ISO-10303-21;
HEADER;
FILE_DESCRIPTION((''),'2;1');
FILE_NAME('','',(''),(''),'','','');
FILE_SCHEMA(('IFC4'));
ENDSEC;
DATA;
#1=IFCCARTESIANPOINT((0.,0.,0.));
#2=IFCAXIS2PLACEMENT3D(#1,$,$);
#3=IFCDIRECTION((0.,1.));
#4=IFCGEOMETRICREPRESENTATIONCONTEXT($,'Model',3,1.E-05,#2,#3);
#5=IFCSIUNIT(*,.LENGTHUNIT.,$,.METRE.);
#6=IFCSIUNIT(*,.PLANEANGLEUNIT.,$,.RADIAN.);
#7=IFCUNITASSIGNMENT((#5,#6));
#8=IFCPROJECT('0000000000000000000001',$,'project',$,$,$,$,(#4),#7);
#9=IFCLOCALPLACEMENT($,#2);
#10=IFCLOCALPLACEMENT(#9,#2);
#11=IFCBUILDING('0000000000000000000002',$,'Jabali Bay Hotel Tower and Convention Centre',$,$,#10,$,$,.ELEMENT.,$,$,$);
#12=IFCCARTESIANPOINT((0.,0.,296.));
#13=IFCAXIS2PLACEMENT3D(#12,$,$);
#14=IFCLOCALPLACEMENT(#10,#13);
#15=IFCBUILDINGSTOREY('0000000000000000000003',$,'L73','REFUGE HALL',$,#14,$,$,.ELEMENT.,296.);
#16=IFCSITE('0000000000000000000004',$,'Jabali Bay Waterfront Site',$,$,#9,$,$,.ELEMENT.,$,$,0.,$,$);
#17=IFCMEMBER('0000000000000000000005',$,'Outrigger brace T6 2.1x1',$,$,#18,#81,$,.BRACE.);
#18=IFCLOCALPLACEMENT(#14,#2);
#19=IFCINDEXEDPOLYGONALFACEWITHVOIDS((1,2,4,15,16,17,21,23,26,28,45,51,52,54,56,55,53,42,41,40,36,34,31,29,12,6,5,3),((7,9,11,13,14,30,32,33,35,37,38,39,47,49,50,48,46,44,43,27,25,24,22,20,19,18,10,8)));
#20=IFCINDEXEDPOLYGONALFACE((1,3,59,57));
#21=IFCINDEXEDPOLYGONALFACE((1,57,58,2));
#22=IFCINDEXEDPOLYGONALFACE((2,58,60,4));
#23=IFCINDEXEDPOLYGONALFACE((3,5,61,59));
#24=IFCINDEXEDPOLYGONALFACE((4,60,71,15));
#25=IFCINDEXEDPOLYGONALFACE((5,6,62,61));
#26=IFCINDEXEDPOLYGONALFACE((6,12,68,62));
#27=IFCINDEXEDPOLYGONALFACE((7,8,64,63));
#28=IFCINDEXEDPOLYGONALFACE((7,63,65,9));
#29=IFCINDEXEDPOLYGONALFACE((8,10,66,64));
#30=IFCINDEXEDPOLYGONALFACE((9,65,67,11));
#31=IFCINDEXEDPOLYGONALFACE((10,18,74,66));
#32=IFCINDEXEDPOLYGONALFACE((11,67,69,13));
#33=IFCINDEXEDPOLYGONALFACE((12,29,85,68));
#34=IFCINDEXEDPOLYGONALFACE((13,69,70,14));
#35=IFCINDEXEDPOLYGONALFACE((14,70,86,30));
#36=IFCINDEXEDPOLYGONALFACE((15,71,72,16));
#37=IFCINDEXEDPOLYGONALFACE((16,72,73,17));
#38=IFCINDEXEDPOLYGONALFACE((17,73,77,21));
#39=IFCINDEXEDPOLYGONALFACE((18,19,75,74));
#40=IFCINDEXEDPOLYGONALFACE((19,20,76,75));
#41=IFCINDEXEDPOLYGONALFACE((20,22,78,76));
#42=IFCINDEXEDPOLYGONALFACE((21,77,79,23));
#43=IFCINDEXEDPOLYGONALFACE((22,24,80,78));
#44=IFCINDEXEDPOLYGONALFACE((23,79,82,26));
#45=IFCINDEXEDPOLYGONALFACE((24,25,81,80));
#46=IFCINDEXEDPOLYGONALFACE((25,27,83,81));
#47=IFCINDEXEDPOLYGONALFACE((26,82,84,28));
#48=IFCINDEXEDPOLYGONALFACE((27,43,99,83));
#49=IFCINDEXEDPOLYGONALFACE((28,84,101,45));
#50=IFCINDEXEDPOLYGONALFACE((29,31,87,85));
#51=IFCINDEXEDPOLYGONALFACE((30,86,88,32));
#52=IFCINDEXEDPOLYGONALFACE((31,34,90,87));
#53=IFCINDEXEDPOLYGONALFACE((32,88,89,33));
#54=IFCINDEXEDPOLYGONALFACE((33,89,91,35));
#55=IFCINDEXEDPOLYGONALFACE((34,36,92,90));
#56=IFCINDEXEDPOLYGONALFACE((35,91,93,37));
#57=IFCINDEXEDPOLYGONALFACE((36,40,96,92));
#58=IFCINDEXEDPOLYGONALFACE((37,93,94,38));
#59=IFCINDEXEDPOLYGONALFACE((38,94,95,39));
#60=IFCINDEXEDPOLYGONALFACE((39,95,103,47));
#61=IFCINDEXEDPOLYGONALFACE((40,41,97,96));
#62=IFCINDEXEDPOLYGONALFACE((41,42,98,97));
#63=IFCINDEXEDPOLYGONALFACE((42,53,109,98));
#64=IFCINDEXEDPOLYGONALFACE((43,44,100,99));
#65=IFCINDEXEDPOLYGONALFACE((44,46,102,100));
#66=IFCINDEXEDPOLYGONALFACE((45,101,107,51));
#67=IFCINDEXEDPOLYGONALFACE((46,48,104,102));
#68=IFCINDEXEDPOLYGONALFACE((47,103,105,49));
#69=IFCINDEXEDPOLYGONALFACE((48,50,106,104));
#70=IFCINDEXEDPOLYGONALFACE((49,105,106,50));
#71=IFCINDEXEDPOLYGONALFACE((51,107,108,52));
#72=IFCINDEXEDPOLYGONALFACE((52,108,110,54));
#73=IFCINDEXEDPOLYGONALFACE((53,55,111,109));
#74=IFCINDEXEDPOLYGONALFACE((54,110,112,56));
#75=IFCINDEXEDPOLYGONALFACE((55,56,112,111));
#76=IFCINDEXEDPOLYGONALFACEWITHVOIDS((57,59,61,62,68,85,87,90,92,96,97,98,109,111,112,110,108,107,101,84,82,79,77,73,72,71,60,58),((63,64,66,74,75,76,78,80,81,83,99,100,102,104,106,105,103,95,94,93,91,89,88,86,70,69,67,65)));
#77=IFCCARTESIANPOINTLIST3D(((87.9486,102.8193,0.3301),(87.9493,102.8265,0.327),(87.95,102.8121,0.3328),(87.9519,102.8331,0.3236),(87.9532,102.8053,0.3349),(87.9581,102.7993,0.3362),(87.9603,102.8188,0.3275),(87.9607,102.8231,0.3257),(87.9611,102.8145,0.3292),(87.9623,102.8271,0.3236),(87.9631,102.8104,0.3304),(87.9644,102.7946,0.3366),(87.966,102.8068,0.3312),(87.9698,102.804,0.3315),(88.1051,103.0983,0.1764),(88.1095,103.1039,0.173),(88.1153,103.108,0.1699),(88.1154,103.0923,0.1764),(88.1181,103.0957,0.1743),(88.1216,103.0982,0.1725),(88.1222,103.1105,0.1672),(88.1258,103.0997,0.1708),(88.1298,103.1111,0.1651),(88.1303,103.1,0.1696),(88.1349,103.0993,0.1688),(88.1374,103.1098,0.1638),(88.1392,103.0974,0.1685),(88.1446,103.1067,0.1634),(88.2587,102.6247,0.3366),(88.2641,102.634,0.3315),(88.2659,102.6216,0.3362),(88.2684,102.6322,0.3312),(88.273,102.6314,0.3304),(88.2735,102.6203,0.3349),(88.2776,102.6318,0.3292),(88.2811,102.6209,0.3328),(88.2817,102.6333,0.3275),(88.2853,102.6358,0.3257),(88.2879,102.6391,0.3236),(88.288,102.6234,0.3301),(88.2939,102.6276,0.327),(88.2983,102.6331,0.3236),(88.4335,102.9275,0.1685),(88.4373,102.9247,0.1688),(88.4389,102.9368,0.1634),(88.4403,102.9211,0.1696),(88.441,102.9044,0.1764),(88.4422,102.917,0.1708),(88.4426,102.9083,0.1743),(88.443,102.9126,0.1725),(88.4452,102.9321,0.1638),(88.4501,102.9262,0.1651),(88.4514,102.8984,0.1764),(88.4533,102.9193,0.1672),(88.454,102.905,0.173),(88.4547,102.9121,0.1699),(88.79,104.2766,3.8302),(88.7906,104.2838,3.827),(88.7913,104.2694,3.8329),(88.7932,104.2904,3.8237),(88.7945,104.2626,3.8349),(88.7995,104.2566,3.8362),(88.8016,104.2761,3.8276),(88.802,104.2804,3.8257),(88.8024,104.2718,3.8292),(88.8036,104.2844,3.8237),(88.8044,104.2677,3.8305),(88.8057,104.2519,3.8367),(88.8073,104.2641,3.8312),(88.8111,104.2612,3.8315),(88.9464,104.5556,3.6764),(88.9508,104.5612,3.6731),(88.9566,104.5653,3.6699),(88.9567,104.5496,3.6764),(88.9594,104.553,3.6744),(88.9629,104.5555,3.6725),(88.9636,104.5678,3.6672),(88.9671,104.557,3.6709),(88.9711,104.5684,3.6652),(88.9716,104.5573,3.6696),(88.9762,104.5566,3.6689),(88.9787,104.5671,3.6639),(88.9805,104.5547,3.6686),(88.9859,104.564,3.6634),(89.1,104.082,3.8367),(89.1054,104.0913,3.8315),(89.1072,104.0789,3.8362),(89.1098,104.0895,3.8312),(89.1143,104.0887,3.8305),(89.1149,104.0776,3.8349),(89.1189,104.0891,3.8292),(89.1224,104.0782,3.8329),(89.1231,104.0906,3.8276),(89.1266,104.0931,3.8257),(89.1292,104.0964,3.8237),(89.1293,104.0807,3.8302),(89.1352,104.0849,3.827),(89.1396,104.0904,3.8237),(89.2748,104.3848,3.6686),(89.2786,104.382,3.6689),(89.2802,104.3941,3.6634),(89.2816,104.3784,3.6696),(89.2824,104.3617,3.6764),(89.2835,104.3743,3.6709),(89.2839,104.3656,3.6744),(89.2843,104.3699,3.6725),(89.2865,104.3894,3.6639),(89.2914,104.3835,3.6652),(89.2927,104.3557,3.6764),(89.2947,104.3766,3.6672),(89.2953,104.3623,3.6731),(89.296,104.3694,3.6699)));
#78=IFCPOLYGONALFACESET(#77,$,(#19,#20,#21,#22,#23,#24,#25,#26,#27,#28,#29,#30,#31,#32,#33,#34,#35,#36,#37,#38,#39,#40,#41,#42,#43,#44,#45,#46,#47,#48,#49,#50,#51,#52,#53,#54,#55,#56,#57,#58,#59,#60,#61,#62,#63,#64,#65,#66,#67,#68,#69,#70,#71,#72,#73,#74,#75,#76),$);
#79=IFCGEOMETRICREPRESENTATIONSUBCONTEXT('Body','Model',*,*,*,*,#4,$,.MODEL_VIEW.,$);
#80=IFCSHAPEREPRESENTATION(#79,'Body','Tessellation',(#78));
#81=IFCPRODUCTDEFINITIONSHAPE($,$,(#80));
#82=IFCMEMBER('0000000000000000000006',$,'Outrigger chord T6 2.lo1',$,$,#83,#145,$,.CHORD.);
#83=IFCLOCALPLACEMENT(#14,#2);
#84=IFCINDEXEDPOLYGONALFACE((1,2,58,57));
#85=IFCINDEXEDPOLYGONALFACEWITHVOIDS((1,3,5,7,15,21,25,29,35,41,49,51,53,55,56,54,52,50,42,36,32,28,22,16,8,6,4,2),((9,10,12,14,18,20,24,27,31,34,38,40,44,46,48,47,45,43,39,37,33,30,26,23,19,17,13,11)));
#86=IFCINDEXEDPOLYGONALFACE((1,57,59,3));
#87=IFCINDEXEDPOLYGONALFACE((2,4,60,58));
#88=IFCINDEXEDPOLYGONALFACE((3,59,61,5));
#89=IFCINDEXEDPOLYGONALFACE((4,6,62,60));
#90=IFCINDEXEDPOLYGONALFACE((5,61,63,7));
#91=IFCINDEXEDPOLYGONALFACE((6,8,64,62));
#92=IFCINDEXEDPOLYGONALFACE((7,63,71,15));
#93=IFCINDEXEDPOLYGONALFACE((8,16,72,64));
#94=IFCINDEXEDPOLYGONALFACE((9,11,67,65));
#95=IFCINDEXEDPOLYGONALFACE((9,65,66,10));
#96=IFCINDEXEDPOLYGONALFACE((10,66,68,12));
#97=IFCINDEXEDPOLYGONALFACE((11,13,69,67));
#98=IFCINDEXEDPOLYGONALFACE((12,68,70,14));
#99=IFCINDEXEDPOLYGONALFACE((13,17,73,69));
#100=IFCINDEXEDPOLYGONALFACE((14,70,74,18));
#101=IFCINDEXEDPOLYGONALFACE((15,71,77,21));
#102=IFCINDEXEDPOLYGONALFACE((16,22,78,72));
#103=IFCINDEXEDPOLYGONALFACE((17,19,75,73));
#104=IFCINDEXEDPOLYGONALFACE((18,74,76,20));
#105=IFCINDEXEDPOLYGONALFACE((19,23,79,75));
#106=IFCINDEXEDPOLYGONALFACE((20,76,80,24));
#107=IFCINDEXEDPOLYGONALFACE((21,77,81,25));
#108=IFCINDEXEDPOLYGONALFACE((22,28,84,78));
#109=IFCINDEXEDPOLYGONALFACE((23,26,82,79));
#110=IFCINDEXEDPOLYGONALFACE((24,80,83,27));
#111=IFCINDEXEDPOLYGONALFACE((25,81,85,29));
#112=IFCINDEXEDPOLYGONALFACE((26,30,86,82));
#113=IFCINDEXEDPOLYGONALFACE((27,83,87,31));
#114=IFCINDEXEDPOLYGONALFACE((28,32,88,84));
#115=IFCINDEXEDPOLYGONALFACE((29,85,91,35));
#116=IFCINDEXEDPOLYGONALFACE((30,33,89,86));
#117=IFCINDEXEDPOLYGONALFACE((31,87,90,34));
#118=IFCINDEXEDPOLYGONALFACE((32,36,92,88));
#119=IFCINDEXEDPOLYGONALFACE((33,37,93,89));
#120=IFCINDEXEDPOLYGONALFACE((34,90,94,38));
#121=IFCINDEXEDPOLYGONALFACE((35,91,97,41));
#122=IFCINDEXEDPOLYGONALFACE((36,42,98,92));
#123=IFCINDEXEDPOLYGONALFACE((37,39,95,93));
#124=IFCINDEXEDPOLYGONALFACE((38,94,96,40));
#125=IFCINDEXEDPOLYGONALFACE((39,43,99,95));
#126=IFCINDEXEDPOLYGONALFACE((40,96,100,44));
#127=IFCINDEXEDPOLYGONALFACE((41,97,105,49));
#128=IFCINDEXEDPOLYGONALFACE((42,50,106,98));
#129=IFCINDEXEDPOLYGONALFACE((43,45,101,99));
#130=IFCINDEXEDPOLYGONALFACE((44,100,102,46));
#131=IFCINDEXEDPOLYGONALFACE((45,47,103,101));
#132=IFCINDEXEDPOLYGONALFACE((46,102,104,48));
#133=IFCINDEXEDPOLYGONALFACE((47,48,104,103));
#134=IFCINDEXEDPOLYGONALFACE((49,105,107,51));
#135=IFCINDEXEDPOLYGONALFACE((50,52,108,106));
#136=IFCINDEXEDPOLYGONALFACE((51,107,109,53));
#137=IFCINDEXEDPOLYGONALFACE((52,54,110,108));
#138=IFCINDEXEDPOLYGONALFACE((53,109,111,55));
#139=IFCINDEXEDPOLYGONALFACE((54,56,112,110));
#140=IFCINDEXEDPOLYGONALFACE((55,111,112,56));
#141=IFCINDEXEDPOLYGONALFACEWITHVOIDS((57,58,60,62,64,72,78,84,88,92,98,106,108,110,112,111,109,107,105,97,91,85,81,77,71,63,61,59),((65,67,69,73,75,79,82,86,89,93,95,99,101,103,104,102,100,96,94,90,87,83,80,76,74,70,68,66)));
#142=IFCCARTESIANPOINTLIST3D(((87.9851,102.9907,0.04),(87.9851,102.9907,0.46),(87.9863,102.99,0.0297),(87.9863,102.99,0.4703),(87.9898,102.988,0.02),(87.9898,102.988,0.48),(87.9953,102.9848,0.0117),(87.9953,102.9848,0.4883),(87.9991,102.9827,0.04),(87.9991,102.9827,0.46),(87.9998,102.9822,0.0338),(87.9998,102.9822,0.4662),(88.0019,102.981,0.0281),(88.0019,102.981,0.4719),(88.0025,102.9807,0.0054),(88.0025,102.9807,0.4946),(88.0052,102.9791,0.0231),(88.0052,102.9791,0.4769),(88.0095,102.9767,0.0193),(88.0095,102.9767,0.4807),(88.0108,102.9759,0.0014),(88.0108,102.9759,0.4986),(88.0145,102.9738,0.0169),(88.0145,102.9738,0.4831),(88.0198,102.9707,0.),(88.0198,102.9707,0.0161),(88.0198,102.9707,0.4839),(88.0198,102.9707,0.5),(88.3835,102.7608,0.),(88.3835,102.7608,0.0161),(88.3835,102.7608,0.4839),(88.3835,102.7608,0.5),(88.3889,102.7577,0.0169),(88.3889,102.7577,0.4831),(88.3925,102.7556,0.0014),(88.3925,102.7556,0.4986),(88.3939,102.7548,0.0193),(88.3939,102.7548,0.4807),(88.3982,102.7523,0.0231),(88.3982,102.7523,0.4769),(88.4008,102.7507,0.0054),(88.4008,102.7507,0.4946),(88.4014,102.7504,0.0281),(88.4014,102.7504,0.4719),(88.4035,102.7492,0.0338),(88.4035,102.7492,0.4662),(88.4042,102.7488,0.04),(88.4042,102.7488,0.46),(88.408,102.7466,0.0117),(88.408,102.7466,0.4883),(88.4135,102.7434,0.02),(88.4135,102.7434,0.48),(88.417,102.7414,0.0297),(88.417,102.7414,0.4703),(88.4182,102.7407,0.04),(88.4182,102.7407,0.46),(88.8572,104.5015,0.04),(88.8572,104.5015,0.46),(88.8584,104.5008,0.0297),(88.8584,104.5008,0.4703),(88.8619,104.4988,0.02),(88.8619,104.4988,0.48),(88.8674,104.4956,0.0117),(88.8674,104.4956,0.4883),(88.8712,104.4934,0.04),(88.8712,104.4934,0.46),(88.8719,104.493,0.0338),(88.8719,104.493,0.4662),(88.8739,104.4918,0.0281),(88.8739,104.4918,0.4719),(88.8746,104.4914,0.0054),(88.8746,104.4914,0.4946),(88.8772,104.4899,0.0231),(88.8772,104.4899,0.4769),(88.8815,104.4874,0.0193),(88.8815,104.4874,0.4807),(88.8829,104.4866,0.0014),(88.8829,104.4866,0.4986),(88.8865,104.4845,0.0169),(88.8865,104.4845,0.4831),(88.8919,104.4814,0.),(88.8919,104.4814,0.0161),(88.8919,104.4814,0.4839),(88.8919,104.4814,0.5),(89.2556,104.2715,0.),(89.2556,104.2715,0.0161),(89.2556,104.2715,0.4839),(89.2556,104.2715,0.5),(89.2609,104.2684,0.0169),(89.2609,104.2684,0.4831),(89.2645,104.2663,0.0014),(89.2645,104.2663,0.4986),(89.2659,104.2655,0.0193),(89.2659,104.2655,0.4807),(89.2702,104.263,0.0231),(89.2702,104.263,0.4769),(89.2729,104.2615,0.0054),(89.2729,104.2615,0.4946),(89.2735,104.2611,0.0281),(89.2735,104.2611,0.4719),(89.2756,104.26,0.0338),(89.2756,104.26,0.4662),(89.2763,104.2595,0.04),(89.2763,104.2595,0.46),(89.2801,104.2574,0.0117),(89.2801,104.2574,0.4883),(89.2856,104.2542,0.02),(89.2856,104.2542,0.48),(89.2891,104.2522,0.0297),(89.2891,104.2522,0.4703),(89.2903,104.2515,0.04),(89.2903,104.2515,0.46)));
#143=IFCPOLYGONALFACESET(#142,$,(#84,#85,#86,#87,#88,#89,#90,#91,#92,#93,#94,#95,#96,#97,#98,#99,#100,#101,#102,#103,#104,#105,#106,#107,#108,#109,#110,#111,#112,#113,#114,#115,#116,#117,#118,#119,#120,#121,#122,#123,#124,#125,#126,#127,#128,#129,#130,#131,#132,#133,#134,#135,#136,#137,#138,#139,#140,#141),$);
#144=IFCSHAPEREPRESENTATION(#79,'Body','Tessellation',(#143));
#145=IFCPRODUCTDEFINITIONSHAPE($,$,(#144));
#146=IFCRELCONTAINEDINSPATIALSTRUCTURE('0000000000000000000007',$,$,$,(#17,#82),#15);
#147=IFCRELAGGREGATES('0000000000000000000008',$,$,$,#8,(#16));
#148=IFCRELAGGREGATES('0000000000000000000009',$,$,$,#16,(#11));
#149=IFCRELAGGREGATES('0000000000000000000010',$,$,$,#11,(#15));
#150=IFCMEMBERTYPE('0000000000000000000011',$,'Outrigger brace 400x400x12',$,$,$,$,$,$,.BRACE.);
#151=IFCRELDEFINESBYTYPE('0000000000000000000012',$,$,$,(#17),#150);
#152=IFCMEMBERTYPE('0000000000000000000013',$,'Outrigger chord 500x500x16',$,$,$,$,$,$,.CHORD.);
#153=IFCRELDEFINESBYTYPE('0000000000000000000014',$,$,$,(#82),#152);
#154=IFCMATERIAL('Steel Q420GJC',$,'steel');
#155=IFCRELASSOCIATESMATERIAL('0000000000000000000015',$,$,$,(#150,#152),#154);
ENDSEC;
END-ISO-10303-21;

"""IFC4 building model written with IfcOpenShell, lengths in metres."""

from ifc_helpers import new_model, si_unit, direction, frame, origin, origin_2d, place, context, subcontext, project, spatial, hollow_rectangle, extrude, material, material_profile, profile_set, type_object, element, save


model = new_model("IFC4")

# Units and contexts
model_context = context("Model", 3, precision=1e-05, world=origin(), true_north=direction((0.0, 1.0)))
body_context = subcontext(model_context, "Body", "Model", "MODEL_VIEW")
ifc_project = project(units=[si_unit("LENGTHUNIT", "METRE"), si_unit("PLANEANGLEUNIT", "RADIAN")], contexts=[model_context])

# Site, building, storey
site_placement = place(None, origin())
site = spatial("IfcSite", under=ifc_project, at=site_placement, Name="Jabali Bay Waterfront Site", CompositionType="ELEMENT", RefElevation=0.0)
building_placement = place(site_placement, origin())
building = spatial("IfcBuilding", under=site, at=building_placement, Name="Jabali Bay Hotel Tower and Convention Centre", CompositionType="ELEMENT")
storey_placement = place(building_placement, frame((0.0, 0.0, 296.0)))
storey = spatial("IfcBuildingStorey", under=building, at=storey_placement, Name="L73", Description="REFUGE HALL", CompositionType="ELEMENT", Elevation=296.0)

# Members
ifc_material_1 = material(Name="Steel Q420GJC", Category="steel")
ifc_material_profile_1 = material_profile(ifc_material_1, hollow_rectangle(XDim=0.3999, YDim=0.3999, WallThickness=0.012, InnerFilletRadius=0.0181, OuterFilletRadius=0.03, at=origin_2d()), Name="Outrigger brace 400x400x12")
ifc_profile_set_1 = profile_set([ifc_material_profile_1], Name="Steel Q420GJC")
member_type_1 = type_object("IfcMemberType", Name="Outrigger brace 400x400x12", PredefinedType="BRACE", material=ifc_profile_set_1)
member_1_placement = place(storey_placement, frame((88.2017, 102.8657, 0.25), z_axis=(0.216638, 0.375249, 0.901252), x_axis=(-0.866038, 0.499978, 0.0)))
element("IfcMember", 1, at=member_1_placement, inside=storey, type_object=member_type_1, Name="Outrigger brace T6 2.1x1", PredefinedType="BRACE", context=body_context, shape_type="SweptSolid", body=[
    extrude(hollow_rectangle(XDim=0.3999, YDim=0.3999, WallThickness=0.012, InnerFilletRadius=0.0181, OuterFilletRadius=0.03, at=origin_2d()), origin(), (0.0, 0.0, 1.0), 3.8835),
])
ifc_material_profile_2 = material_profile(ifc_material_1, hollow_rectangle(XDim=0.5, YDim=0.5, WallThickness=0.0161, InnerFilletRadius=0.0239, OuterFilletRadius=0.04, at=origin_2d()), Name="Outrigger chord 500x500x16")
ifc_profile_set_2 = profile_set([ifc_material_profile_2], Name="Steel Q420GJC")
member_type_2 = type_object("IfcMemberType", Name="Outrigger chord 500x500x16", PredefinedType="CHORD", material=ifc_profile_set_2)
member_2_placement = place(storey_placement, frame((88.2017, 102.8657, 0.25), z_axis=(0.499932, 0.866064, 0.0), x_axis=(-0.866064, 0.499932, 0.0)))
element("IfcMember", 2, at=member_2_placement, inside=storey, type_object=member_type_2, Name="Outrigger chord T6 2.lo1", PredefinedType="CHORD", context=body_context, shape_type="SweptSolid", body=[
    extrude(hollow_rectangle(XDim=0.5, YDim=0.5, WallThickness=0.0161, InnerFilletRadius=0.0239, OuterFilletRadius=0.04, at=origin_2d()), origin(), (0.0, 0.0, 1.0), 1.7444),
])

save(model, "model.ifc")
